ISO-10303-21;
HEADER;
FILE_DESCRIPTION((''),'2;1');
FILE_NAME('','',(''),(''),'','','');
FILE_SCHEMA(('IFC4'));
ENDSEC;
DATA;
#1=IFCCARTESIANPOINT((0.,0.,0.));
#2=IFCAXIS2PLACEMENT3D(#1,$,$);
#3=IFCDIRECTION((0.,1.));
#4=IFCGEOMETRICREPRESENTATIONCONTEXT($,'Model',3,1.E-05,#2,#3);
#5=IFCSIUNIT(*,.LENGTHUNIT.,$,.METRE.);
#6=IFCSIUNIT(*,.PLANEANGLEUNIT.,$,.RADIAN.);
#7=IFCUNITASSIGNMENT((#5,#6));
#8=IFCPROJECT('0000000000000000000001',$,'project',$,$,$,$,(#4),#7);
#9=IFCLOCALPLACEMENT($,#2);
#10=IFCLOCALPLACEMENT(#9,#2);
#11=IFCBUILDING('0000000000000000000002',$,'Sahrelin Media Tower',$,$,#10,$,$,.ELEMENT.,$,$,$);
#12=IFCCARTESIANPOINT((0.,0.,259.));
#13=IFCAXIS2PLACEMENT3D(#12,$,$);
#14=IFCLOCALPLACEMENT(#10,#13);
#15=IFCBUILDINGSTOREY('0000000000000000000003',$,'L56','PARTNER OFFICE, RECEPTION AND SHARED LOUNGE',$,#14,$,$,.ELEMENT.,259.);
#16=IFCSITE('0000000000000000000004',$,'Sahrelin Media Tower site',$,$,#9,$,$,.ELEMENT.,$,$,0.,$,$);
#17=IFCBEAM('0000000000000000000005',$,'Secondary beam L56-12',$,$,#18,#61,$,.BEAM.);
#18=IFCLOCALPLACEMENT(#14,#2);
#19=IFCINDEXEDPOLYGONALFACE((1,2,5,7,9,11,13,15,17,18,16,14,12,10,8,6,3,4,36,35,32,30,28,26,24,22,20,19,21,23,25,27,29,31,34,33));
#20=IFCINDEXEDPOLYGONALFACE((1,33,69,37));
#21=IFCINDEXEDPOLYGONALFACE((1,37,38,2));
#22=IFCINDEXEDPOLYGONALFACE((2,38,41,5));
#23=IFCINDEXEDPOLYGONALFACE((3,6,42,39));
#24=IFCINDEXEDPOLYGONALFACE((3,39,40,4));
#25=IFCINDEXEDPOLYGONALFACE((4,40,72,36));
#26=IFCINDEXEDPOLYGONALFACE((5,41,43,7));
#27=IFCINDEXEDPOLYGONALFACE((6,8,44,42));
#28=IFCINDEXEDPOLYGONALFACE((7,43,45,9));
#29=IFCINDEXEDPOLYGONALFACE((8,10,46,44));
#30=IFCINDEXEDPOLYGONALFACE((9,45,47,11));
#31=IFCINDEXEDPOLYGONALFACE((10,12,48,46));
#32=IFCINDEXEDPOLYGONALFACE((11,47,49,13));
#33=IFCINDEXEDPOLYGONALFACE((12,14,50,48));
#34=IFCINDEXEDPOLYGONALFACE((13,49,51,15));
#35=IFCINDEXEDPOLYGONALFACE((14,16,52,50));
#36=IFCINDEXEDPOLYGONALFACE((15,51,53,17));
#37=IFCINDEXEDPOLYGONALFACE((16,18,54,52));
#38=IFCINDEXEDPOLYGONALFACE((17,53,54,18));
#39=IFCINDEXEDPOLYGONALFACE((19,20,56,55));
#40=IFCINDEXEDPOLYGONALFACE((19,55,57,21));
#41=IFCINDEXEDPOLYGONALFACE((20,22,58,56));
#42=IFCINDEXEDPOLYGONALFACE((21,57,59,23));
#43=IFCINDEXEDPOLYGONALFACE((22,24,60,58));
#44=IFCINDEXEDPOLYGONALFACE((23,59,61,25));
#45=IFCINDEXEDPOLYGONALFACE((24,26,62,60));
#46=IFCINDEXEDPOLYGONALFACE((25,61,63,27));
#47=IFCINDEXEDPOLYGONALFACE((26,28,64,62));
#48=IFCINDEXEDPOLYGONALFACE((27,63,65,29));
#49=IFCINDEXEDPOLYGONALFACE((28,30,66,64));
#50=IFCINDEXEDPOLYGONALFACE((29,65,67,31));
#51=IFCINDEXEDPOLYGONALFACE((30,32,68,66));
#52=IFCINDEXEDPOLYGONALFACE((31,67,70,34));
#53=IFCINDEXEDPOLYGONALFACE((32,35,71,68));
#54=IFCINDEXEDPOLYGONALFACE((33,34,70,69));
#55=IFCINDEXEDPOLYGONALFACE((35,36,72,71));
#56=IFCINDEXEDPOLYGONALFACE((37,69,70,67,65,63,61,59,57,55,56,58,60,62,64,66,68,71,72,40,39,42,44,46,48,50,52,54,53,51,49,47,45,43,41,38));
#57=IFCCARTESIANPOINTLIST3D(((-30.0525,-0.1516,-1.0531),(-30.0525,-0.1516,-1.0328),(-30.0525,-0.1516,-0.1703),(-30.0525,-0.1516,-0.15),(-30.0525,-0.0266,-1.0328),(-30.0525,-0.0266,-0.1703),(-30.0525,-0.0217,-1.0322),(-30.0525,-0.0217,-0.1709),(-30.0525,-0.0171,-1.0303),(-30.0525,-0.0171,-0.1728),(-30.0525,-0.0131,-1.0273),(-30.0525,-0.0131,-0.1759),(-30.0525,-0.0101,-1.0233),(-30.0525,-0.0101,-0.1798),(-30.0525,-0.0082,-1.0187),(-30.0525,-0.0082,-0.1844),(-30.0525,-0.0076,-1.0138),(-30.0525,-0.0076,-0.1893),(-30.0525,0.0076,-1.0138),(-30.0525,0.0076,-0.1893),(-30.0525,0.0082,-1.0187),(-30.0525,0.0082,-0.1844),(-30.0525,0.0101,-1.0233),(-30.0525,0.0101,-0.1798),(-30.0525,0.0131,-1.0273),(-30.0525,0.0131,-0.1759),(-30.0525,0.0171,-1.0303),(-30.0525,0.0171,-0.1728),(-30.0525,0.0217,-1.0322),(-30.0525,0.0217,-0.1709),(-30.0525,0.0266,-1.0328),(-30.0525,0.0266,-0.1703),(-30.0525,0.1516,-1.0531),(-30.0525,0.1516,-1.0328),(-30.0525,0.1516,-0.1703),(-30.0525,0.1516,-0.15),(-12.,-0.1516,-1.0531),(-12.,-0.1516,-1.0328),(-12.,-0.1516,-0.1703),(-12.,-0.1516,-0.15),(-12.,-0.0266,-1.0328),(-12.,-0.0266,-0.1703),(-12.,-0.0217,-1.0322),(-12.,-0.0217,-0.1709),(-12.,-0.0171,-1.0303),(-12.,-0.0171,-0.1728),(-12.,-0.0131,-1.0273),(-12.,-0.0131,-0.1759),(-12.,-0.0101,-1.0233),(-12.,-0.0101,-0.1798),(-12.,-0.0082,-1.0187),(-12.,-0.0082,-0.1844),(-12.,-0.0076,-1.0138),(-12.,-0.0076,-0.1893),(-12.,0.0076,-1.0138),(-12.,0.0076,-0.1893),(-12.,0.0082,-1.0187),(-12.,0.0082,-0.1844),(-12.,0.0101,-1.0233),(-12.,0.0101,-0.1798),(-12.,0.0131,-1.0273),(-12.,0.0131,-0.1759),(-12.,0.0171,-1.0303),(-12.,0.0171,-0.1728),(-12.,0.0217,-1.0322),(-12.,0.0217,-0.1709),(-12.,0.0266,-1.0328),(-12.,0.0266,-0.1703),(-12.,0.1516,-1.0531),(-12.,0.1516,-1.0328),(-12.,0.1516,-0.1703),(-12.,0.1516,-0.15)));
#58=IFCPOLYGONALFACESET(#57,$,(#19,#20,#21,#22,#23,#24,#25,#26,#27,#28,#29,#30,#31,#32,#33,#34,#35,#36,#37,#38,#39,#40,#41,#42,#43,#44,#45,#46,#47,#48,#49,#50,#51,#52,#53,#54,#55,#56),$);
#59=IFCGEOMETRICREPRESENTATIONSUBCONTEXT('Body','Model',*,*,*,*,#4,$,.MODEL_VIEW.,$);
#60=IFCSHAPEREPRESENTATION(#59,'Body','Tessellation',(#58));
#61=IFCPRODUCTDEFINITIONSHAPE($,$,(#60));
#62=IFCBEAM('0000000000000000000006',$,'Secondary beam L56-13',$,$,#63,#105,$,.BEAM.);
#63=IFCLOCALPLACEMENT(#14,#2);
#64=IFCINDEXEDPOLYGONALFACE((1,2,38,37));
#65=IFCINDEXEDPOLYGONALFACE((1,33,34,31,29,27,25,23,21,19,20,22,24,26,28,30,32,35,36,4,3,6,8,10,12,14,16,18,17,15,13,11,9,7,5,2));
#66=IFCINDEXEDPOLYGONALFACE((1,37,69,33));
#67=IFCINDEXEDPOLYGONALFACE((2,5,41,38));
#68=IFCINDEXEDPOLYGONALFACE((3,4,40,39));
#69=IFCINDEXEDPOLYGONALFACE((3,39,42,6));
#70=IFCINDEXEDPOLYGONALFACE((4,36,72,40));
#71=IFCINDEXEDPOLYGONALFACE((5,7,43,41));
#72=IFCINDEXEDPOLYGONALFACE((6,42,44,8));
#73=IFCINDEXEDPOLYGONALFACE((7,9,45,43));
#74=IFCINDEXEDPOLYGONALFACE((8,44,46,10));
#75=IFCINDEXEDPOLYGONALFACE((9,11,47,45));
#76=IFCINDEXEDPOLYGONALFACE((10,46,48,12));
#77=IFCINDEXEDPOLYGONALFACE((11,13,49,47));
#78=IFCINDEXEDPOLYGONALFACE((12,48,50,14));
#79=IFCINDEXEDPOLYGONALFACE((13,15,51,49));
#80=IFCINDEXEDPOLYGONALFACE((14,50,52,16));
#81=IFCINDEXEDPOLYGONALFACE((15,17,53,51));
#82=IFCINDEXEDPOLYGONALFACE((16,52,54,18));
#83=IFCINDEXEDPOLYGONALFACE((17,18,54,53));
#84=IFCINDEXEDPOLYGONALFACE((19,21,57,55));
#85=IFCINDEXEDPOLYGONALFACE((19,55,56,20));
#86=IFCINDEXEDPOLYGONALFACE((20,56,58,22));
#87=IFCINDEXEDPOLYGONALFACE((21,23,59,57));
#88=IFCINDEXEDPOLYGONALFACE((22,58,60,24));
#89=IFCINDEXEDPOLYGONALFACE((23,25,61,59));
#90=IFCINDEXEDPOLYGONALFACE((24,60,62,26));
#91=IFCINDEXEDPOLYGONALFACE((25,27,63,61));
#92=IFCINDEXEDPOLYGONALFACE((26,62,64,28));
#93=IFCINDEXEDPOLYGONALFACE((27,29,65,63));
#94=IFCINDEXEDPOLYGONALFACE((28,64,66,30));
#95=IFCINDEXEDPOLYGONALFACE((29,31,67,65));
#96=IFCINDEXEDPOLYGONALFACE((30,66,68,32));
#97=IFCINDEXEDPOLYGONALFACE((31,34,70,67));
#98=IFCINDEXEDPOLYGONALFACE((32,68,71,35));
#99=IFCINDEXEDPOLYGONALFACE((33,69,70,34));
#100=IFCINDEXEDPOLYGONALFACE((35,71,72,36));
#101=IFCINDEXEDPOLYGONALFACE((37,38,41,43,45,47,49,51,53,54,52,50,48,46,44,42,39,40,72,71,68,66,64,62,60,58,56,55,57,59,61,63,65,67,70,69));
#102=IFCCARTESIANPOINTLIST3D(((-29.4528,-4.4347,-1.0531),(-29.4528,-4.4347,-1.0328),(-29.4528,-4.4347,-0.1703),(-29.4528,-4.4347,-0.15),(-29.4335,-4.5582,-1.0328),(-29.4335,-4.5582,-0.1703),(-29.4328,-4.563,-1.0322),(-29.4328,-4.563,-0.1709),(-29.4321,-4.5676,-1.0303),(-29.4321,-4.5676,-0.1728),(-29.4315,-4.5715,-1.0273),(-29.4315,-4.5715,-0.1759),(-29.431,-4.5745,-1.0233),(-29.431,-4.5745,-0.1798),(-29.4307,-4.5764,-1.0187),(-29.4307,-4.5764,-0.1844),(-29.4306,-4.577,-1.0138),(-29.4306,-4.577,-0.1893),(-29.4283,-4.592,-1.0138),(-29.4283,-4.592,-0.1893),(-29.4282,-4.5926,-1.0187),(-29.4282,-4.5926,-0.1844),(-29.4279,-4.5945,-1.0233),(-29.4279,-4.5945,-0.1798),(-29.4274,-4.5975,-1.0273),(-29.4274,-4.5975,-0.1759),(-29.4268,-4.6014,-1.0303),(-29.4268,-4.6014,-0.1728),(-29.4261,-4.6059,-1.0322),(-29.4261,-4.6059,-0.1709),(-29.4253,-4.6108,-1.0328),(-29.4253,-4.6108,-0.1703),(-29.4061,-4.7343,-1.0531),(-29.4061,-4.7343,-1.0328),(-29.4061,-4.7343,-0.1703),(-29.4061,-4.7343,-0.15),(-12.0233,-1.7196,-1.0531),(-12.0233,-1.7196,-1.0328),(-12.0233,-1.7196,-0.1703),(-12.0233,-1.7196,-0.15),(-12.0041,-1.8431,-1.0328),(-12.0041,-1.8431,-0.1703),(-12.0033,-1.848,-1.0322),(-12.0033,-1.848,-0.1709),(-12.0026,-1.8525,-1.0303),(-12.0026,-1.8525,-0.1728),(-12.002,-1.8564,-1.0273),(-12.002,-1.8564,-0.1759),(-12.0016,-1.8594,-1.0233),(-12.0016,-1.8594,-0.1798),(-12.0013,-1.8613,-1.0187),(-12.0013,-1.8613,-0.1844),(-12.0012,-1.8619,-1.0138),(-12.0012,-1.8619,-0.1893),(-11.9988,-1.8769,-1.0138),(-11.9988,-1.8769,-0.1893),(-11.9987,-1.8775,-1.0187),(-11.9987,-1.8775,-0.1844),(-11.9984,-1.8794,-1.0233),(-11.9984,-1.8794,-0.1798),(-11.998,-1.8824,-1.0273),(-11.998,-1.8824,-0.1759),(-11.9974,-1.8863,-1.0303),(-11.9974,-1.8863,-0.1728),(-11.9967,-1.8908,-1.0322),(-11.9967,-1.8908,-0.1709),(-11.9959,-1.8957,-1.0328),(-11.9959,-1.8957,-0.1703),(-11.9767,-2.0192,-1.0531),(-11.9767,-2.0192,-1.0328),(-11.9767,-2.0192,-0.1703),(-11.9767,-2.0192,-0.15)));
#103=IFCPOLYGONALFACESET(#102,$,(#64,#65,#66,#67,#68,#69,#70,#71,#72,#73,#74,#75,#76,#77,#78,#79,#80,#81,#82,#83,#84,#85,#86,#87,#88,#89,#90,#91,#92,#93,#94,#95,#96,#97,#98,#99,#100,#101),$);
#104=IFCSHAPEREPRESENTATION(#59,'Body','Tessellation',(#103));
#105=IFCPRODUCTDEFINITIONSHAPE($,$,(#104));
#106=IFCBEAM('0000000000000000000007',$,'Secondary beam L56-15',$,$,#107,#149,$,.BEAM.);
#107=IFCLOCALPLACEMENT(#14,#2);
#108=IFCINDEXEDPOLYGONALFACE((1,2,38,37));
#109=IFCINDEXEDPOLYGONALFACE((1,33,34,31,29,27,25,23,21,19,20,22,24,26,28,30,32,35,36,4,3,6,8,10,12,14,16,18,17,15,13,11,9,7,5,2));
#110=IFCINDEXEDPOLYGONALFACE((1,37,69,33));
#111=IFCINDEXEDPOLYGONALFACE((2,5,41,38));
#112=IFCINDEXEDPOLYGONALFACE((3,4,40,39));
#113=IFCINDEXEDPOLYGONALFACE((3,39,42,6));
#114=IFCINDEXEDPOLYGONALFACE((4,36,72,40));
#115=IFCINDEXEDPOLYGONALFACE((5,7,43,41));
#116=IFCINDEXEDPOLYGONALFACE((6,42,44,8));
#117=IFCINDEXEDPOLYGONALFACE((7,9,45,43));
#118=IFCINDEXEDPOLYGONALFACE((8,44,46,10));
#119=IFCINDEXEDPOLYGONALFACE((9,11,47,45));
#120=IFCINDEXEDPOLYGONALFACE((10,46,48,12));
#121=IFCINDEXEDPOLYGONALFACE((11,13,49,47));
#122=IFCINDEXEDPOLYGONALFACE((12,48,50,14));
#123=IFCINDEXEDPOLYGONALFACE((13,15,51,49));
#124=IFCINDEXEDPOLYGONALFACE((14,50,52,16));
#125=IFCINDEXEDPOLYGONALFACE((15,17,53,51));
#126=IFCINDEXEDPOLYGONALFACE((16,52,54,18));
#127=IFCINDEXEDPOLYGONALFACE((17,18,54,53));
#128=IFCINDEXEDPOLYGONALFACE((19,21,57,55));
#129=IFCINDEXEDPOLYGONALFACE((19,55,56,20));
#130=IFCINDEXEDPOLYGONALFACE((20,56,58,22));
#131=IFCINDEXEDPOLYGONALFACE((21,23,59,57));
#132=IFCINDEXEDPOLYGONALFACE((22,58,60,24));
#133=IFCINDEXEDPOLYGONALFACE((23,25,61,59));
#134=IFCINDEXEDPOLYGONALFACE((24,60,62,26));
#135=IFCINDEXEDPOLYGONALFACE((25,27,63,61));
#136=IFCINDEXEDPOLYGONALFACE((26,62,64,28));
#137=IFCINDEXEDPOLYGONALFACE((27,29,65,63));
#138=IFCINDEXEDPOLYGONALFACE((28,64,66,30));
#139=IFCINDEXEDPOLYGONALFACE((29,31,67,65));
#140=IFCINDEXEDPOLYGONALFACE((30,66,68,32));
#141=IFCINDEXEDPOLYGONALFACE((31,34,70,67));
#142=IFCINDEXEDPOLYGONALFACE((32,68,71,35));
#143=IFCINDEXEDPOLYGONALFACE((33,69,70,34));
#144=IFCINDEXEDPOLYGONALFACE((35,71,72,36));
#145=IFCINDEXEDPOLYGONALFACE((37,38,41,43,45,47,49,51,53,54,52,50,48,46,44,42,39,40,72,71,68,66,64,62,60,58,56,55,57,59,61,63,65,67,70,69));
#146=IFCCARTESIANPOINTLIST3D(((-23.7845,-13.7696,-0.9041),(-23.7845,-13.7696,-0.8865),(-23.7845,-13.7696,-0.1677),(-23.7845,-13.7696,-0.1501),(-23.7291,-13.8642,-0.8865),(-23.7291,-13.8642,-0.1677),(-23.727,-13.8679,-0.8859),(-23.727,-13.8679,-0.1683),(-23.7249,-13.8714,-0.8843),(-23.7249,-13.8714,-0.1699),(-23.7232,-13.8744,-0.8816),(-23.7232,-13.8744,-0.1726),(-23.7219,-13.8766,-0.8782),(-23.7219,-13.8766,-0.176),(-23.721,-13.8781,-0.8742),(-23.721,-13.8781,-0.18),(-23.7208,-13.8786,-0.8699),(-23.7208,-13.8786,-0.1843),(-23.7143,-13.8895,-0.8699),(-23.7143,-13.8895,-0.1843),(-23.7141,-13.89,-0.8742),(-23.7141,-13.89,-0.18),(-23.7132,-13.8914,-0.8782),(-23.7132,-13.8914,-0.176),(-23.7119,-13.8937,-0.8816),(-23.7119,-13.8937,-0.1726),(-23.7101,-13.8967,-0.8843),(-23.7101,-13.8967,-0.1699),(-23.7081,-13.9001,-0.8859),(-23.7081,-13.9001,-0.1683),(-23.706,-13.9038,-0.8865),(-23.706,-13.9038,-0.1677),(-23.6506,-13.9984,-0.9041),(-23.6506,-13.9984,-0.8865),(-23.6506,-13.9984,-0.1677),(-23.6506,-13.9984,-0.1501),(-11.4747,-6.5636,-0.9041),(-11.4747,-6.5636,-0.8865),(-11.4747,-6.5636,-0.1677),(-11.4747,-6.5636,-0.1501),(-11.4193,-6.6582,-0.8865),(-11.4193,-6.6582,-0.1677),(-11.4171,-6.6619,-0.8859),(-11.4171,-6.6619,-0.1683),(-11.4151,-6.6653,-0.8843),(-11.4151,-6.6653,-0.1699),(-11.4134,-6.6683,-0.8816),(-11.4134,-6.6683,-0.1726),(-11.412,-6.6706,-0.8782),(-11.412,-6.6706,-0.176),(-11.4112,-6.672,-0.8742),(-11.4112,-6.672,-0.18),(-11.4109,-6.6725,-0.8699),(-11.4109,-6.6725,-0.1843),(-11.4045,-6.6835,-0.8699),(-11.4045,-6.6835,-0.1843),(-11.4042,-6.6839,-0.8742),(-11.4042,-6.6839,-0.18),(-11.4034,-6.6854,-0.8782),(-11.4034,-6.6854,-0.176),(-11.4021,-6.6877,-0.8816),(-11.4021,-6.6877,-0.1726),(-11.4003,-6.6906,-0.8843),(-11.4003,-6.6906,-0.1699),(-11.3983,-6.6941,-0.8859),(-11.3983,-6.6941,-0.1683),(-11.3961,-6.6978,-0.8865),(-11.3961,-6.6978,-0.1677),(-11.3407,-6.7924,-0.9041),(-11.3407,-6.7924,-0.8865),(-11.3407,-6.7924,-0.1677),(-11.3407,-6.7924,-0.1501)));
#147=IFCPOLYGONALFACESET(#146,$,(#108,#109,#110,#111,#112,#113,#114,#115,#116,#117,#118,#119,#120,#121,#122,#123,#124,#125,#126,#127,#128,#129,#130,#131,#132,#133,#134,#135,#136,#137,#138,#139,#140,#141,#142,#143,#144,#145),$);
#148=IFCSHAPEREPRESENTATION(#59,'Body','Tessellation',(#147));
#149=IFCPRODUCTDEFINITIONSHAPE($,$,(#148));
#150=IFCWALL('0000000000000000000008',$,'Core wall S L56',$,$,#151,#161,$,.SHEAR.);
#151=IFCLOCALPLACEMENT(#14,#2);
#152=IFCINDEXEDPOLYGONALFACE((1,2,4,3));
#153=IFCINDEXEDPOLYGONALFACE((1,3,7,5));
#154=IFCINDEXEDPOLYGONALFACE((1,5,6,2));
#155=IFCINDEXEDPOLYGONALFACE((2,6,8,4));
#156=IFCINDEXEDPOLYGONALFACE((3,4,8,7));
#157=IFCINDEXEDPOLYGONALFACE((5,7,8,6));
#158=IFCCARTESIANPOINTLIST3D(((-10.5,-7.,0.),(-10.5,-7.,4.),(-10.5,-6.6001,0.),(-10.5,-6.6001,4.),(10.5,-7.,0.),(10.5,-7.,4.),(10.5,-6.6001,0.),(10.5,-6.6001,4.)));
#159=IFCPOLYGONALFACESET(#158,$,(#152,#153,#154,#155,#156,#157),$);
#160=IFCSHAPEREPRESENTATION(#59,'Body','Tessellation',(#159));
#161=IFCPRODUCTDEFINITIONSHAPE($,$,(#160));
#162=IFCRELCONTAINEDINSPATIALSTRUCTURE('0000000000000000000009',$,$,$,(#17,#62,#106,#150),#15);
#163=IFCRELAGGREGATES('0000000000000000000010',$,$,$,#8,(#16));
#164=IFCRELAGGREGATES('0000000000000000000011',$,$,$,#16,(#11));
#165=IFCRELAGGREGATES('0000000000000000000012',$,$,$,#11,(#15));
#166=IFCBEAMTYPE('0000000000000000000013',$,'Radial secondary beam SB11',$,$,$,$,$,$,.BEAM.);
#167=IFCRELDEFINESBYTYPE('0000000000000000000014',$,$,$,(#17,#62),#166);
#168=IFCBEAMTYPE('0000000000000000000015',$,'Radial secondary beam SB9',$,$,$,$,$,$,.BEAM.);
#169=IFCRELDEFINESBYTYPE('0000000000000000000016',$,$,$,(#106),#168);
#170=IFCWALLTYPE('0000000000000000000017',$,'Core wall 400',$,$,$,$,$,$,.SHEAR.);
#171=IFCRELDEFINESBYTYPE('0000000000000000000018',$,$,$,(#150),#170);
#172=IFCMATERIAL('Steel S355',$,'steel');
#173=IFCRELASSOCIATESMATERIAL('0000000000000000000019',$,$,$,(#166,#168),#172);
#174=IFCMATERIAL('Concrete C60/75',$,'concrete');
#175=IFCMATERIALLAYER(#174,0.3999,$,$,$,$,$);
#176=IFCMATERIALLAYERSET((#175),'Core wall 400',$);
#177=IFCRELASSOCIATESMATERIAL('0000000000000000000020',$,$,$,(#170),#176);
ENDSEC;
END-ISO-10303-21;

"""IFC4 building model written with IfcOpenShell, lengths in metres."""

from ifc_helpers import new_model, si_unit, direction, frame, frame_2d, origin, origin_2d, place, context, subcontext, project, spatial, rectangle, i_section, extrude, material, layer, layer_set, material_profile, profile_set, type_object, element, save


model = new_model("IFC4")

# Units and contexts
model_context = context("Model", 3, precision=1e-05, world=origin(), true_north=direction((0.0, 1.0)))
body_context = subcontext(model_context, "Body", "Model", "MODEL_VIEW")
ifc_project = project(units=[si_unit("LENGTHUNIT", "METRE"), si_unit("PLANEANGLEUNIT", "RADIAN")], contexts=[model_context])

# Site, building, storey
site_placement = place(None, origin())
site = spatial("IfcSite", under=ifc_project, at=site_placement, Name="Sahrelin Media Tower site", CompositionType="ELEMENT", RefElevation=0.0)
building_placement = place(site_placement, origin())
building = spatial("IfcBuilding", under=site, at=building_placement, Name="Sahrelin Media Tower", CompositionType="ELEMENT")
storey_placement = place(building_placement, frame((0.0, 0.0, 259.0)))
storey = spatial("IfcBuildingStorey", under=building, at=storey_placement, Name="L56", Description="PARTNER OFFICE, RECEPTION AND SHARED LOUNGE", CompositionType="ELEMENT", Elevation=259.0)

# Beams
ifc_material_1 = material(Name="Steel S355", Category="steel")
ifc_material_profile_1 = material_profile(ifc_material_1, i_section(OverallWidth=0.3032, OverallDepth=0.9031, WebThickness=0.0151, FlangeThickness=0.0203, FilletRadius=0.019, at=origin_2d()), Name="UB 914x305x201")
ifc_profile_set_1 = profile_set([ifc_material_profile_1], Name="Steel S355")
beam_type_1 = type_object("IfcBeamType", Name="Radial secondary beam SB11", PredefinedType="BEAM", material=ifc_profile_set_1)
beam_1_placement = place(storey_placement, frame((-12.0, 0.0, -0.6016), z_axis=(-1.0, 0.0, 0.0), x_axis=(0.0, -1.0, 0.0)))
element("IfcBeam", 1, at=beam_1_placement, inside=storey, type_object=beam_type_1, Name="Secondary beam L56-12", PredefinedType="BEAM", context=body_context, shape_type="SweptSolid", body=[
    extrude(i_section(OverallWidth=0.3032, OverallDepth=0.9031, WebThickness=0.0151, FlangeThickness=0.0203, FilletRadius=0.019, at=origin_2d()), origin(), (0.0, 0.0, 1.0), 18.0525),
])
beam_2_placement = place(storey_placement, frame((-12.0, -1.8694, -0.6016), z_axis=(-0.988083, -0.15392, 0.0), x_axis=(0.15392, -0.988083, 0.0)))
element("IfcBeam", 2, at=beam_2_placement, inside=storey, type_object=beam_type_1, Name="Secondary beam L56-13", PredefinedType="BEAM", context=body_context, shape_type="SweptSolid", body=[
    extrude(i_section(OverallWidth=0.3032, OverallDepth=0.9031, WebThickness=0.0151, FlangeThickness=0.0203, FilletRadius=0.019, at=origin_2d()), origin(), (0.0, 0.0, 1.0), 17.6396),
])
ifc_material_profile_2 = material_profile(ifc_material_1, i_section(OverallWidth=0.2651, OverallDepth=0.7539, WebThickness=0.0127, FlangeThickness=0.0176, FilletRadius=0.0166, at=origin_2d()), Name="UB 762x267x147")
ifc_profile_set_2 = profile_set([ifc_material_profile_2], Name="Steel S355")
beam_type_2 = type_object("IfcBeamType", Name="Radial secondary beam SB9", PredefinedType="BEAM", material=ifc_profile_set_2)
beam_3_placement = place(storey_placement, frame((-11.4077, -6.678, -0.5271), z_axis=(-0.863005, -0.505195, 0.0), x_axis=(0.505195, -0.863005, 0.0)))
element("IfcBeam", 3, at=beam_3_placement, inside=storey, type_object=beam_type_2, Name="Secondary beam L56-15", PredefinedType="BEAM", context=body_context, shape_type="SweptSolid", body=[
    extrude(i_section(OverallWidth=0.2651, OverallDepth=0.7539, WebThickness=0.0127, FlangeThickness=0.0176, FilletRadius=0.0166, at=origin_2d()), origin(), (0.0, 0.0, 1.0), 14.2639),
])

# Wall
ifc_material_2 = material(Name="Concrete C60/75", Category="concrete")
ifc_layer_1 = layer(ifc_material_2, 0.3999)
ifc_layer_set_1 = layer_set([ifc_layer_1], Name="Core wall 400")
wall_type_1 = type_object("IfcWallType", Name="Core wall 400", PredefinedType="SHEAR", material=ifc_layer_set_1)
wall_1_placement = place(storey_placement, frame((-10.5, -6.8, 0.0), z_axis=(0.0, 0.0, 1.0), x_axis=(1.0, 0.0, 0.0)))
element("IfcWall", 4, at=wall_1_placement, inside=storey, type_object=wall_type_1, Name="Core wall S L56", PredefinedType="SHEAR", context=body_context, shape_type="SweptSolid", body=[
    extrude(rectangle(XDim=21.0, YDim=0.3999, at=frame_2d((10.5, 0.0))), origin(), (0.0, 0.0, 1.0), 4.0),
])

save(model, "model.ifc")
